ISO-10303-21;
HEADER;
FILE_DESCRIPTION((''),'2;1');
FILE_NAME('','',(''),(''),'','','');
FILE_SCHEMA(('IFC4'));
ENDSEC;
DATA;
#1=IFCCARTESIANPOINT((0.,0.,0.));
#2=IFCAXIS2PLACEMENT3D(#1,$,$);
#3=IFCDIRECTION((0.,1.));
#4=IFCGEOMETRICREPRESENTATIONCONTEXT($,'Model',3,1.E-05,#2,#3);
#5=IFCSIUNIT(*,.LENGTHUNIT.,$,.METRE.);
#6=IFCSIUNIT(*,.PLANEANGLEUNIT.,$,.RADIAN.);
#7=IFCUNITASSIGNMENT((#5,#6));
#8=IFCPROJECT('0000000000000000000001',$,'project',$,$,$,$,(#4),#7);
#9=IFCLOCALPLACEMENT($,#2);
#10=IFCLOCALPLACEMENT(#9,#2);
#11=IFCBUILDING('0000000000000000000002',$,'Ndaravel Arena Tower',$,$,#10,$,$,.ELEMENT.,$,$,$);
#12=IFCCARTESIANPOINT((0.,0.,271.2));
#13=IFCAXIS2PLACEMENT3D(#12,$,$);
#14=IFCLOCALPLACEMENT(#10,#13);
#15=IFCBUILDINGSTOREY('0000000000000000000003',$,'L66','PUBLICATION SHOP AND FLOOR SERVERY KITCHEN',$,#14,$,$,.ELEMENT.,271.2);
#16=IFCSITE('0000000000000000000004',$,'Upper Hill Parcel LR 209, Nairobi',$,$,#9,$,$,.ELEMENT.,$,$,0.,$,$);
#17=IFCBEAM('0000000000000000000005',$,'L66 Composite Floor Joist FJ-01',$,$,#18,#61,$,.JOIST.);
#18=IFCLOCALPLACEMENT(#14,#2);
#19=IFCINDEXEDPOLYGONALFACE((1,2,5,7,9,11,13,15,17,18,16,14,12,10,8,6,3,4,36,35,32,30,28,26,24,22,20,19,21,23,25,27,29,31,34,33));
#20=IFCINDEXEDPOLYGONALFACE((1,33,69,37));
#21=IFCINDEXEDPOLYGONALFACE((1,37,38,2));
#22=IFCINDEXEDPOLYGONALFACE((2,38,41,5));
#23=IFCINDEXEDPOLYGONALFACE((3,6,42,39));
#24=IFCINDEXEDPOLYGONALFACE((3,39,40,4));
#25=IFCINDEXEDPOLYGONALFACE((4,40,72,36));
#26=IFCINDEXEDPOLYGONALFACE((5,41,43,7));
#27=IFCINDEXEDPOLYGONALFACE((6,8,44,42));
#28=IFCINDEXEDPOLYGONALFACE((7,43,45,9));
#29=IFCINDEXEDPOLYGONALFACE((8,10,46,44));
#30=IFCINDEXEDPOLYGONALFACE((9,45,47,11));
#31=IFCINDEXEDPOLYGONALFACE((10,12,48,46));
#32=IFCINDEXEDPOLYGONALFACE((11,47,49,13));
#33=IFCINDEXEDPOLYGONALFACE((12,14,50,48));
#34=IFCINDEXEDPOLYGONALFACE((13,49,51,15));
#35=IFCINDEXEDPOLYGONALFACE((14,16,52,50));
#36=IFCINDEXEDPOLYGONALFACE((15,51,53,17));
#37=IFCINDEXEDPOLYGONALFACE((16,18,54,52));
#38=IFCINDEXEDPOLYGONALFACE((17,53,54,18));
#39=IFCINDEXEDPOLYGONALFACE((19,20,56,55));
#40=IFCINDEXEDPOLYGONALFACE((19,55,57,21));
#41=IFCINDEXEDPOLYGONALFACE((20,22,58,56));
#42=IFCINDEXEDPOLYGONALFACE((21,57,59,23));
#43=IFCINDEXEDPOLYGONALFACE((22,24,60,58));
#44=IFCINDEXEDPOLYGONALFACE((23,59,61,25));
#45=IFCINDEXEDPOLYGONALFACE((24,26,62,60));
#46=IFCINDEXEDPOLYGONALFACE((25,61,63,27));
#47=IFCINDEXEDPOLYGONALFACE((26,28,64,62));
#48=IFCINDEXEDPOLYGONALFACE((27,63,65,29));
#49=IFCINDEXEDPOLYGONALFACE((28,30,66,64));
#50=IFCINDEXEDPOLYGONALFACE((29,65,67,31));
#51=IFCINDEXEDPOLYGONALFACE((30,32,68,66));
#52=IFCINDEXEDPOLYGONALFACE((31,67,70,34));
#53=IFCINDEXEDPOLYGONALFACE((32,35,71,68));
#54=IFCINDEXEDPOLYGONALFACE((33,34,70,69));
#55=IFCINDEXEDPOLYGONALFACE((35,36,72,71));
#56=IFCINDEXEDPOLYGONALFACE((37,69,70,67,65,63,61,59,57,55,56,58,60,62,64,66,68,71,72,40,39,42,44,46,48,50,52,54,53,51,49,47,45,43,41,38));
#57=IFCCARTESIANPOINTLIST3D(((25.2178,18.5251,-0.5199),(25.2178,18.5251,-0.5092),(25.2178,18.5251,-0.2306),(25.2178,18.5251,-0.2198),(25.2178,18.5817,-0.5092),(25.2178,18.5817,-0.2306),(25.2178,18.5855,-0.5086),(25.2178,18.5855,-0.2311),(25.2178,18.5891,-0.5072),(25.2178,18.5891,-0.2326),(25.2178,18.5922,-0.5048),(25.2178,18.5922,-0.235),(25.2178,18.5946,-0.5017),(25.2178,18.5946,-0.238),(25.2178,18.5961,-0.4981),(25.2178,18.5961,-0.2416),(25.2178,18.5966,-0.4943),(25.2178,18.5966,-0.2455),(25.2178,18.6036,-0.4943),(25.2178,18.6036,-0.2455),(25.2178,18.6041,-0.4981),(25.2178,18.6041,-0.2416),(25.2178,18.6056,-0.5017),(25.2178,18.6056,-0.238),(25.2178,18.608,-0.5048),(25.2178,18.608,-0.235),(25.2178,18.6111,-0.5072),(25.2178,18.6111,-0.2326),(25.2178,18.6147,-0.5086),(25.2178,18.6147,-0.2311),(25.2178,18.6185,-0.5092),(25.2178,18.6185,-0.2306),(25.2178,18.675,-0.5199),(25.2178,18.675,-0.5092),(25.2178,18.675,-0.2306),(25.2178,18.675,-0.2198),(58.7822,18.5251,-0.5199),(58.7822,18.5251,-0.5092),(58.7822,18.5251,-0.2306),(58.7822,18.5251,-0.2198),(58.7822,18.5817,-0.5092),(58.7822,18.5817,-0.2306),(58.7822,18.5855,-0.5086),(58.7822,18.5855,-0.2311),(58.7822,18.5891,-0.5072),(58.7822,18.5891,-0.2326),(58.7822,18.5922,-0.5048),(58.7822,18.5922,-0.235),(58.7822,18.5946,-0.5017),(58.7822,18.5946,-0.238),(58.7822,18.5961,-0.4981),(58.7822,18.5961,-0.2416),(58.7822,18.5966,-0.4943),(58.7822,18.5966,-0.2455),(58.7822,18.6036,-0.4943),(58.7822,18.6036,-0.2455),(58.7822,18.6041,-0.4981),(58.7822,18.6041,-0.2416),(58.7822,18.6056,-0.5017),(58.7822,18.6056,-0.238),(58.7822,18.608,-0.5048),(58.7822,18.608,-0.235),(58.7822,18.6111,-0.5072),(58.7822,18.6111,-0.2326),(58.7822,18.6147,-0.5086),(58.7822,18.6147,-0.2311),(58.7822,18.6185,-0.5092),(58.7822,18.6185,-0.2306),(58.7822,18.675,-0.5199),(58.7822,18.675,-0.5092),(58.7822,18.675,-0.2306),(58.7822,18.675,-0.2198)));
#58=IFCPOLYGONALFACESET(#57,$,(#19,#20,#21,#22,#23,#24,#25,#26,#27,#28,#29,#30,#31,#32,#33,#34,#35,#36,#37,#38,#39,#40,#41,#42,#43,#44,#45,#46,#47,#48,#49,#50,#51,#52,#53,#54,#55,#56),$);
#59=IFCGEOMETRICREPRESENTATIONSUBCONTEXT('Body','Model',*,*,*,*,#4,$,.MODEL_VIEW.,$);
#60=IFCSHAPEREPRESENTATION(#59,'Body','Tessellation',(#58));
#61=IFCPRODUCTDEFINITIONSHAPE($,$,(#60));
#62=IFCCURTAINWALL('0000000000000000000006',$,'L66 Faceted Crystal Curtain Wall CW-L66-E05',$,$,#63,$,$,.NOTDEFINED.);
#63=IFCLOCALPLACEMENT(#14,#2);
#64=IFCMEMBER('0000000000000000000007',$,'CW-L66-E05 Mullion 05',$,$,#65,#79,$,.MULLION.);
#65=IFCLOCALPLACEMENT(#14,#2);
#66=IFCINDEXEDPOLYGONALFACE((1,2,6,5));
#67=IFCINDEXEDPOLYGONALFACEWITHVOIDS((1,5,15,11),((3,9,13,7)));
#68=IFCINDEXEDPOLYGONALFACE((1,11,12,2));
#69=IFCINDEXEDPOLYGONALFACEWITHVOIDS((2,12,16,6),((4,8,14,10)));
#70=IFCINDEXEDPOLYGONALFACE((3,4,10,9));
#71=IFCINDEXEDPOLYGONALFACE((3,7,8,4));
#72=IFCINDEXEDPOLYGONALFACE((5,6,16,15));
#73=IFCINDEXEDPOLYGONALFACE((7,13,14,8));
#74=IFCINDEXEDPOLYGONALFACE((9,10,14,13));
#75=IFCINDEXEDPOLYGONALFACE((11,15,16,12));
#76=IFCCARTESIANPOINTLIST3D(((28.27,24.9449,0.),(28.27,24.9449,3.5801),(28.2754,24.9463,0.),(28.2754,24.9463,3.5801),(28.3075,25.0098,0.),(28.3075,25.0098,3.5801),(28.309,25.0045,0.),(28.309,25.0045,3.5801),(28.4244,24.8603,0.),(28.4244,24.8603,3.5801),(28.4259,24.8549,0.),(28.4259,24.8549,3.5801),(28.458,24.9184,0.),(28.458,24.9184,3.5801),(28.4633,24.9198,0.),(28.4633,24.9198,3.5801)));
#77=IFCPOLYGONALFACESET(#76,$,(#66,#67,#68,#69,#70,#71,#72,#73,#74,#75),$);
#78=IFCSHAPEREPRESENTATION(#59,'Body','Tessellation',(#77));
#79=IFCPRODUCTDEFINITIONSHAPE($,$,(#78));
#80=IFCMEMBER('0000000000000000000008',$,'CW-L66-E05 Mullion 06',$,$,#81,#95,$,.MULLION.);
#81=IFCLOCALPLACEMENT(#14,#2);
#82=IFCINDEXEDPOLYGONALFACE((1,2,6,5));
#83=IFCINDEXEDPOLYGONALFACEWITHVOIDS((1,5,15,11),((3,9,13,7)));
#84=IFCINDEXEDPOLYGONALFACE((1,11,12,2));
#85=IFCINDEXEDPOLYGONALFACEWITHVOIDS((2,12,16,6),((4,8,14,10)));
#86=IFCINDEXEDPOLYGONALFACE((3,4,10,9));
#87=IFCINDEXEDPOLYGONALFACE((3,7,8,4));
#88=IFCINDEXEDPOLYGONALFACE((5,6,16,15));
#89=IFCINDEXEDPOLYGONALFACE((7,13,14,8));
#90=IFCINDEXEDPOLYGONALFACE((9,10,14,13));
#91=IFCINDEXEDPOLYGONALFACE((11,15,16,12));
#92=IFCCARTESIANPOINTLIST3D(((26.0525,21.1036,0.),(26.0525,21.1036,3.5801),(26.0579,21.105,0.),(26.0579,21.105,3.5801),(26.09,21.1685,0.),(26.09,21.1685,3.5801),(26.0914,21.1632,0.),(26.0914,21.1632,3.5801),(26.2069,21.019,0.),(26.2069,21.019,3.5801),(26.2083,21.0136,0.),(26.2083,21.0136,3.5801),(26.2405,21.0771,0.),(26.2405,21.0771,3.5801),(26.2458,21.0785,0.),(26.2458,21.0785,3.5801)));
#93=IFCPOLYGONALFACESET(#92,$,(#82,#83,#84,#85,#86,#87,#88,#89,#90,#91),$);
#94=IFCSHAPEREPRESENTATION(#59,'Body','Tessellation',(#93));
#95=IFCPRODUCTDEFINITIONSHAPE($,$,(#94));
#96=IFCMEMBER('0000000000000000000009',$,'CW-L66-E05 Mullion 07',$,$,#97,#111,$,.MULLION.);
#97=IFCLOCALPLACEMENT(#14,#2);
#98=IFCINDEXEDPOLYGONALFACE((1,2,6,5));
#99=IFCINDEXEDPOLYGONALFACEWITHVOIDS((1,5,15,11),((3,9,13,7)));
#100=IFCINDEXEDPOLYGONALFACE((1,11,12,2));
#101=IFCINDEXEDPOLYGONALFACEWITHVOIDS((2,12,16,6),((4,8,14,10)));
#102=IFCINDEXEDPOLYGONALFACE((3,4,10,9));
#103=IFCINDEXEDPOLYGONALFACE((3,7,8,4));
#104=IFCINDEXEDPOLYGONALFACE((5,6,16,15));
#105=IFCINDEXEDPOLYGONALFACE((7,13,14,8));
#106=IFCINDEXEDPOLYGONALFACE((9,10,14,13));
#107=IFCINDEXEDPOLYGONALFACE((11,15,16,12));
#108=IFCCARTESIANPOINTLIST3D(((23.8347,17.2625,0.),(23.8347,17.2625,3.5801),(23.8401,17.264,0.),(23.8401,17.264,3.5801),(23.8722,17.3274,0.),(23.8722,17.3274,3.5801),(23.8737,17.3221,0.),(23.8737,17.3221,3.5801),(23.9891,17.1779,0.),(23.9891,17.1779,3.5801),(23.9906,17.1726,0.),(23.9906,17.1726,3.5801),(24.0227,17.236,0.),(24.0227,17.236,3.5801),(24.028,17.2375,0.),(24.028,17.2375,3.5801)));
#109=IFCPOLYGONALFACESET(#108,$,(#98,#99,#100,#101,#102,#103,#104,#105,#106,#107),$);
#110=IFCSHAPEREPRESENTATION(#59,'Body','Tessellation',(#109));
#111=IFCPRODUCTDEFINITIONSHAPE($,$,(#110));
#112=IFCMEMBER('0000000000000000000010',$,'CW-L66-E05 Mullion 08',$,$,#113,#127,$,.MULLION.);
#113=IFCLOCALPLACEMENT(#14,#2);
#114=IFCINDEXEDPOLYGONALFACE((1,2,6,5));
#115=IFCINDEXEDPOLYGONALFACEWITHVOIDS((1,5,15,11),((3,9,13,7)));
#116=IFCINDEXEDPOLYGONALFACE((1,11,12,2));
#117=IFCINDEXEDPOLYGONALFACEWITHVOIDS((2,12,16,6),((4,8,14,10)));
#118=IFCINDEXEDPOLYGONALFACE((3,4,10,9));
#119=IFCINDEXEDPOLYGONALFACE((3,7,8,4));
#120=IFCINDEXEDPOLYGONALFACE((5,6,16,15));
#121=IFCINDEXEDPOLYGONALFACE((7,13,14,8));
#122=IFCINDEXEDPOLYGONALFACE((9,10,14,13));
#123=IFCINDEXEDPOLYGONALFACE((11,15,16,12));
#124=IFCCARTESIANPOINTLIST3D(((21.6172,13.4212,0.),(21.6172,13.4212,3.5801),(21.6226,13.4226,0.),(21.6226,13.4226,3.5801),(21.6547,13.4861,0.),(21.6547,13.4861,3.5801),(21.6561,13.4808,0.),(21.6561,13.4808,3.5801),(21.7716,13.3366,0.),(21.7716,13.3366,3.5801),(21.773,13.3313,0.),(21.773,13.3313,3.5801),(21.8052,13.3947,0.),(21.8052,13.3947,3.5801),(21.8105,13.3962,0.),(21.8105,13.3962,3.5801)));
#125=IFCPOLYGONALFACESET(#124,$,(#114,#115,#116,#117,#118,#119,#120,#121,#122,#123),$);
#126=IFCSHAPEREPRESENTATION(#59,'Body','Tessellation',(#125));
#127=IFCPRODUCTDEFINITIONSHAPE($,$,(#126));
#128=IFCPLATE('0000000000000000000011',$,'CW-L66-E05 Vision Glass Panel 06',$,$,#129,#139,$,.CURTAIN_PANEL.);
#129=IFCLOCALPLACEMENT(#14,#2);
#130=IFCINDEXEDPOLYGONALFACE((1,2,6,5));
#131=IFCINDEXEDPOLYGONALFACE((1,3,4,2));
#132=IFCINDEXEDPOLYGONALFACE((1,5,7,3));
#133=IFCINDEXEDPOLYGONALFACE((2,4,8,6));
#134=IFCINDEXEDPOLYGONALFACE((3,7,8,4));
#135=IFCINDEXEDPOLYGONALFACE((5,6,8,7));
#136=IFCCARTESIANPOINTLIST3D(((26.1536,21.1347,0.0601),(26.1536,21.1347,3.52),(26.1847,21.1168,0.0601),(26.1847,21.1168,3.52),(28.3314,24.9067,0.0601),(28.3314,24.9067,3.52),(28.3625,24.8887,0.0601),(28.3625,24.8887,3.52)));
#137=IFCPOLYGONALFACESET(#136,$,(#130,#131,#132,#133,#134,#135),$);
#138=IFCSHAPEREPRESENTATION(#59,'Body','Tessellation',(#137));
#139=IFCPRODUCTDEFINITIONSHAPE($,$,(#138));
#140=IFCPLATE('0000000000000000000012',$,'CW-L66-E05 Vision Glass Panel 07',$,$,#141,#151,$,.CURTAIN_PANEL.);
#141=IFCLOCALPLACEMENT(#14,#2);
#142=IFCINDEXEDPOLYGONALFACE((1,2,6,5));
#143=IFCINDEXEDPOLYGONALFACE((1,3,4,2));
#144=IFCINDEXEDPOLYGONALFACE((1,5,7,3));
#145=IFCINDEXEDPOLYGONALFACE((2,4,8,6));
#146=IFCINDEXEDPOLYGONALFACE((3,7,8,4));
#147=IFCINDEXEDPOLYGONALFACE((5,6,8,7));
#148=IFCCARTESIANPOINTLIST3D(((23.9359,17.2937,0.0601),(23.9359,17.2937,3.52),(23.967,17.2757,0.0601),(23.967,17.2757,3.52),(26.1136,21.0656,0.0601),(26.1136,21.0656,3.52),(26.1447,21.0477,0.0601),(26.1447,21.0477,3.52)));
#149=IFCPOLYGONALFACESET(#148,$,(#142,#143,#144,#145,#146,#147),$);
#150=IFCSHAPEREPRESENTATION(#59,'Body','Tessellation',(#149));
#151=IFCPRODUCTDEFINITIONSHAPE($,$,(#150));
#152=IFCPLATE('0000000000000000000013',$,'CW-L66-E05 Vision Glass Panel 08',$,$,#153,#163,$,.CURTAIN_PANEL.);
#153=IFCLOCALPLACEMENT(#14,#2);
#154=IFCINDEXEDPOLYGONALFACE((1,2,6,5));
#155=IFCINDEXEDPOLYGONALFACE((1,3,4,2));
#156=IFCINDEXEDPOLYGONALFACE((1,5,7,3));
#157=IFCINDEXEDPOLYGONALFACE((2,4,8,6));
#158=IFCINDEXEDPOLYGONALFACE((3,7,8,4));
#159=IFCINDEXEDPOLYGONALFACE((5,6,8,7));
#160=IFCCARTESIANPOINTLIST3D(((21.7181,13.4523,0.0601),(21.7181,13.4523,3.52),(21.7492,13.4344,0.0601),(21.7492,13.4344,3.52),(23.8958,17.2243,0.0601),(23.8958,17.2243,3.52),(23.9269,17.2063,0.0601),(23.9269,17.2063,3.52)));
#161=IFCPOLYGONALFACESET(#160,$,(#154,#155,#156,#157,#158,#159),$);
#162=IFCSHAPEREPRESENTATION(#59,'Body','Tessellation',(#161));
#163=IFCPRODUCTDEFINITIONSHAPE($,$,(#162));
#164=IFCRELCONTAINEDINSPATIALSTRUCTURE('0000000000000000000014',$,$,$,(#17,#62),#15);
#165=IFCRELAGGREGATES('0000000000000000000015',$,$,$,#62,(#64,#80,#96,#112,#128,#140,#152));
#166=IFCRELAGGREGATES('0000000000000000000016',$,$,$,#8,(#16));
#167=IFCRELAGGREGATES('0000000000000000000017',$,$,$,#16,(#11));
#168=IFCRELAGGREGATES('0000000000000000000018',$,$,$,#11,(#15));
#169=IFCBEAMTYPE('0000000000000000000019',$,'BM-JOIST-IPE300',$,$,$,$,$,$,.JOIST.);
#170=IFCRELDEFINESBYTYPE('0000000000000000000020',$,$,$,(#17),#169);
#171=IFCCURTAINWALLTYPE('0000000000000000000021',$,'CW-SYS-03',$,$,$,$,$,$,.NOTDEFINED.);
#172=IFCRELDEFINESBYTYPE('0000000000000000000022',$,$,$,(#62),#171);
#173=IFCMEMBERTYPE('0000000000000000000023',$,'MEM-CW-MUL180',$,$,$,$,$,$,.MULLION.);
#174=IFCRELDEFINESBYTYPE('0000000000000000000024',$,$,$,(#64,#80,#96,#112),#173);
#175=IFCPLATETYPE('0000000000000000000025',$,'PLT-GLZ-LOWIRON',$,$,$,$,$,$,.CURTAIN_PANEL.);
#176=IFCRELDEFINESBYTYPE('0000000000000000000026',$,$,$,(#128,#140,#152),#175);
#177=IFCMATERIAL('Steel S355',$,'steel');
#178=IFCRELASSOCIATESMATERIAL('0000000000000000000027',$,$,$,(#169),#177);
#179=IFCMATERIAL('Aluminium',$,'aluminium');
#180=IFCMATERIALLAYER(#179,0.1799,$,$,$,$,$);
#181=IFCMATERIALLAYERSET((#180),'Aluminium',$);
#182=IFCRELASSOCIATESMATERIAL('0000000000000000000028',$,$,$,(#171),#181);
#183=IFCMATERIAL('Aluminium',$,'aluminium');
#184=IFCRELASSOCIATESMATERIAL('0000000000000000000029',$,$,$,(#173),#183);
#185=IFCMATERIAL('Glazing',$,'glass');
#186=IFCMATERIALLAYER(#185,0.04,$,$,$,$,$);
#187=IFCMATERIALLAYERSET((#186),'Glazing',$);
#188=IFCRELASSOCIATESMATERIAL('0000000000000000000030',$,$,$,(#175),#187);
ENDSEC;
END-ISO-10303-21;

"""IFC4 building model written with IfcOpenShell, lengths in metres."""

from ifc_helpers import new_model, si_unit, direction, frame, origin, origin_2d, place, context, subcontext, project, spatial, rectangle, hollow_rectangle, i_section, extrude, material, layer, layer_set, material_profile, profile_set, type_object, element, aggregate, save


model = new_model("IFC4")

# Units and contexts
model_context = context("Model", 3, precision=1e-05, world=origin(), true_north=direction((0.0, 1.0)))
body_context = subcontext(model_context, "Body", "Model", "MODEL_VIEW")
ifc_project = project(units=[si_unit("LENGTHUNIT", "METRE"), si_unit("PLANEANGLEUNIT", "RADIAN")], contexts=[model_context])

# Site, building, storey
site_placement = place(None, origin())
site = spatial("IfcSite", under=ifc_project, at=site_placement, Name="Upper Hill Parcel LR 209, Nairobi", CompositionType="ELEMENT", RefElevation=0.0)
building_placement = place(site_placement, origin())
building = spatial("IfcBuilding", under=site, at=building_placement, Name="Ndaravel Arena Tower", CompositionType="ELEMENT")
storey_placement = place(building_placement, frame((0.0, 0.0, 271.2)))
storey = spatial("IfcBuildingStorey", under=building, at=storey_placement, Name="L66", Description="PUBLICATION SHOP AND FLOOR SERVERY KITCHEN", CompositionType="ELEMENT", Elevation=271.2)

# Beam
ifc_material_1 = material(Name="Steel S355", Category="steel")
ifc_material_profile_1 = material_profile(ifc_material_1, i_section(OverallWidth=0.1499, OverallDepth=0.3, WebThickness=0.0071, FlangeThickness=0.0107, FilletRadius=0.0149, at=origin_2d()), Name="IPE 300")
ifc_profile_set_1 = profile_set([ifc_material_profile_1], Name="Steel S355")
beam_type = type_object("IfcBeamType", Name="BM-JOIST-IPE300", PredefinedType="JOIST", material=ifc_profile_set_1)
beam_placement = place(storey_placement, frame((25.2178, 18.6001, -0.3699), z_axis=(1.0, 0.0, 0.0), x_axis=(0.0, 1.0, 0.0)))
element("IfcBeam", 1, at=beam_placement, inside=storey, type_object=beam_type, Name="L66 Composite Floor Joist FJ-01", PredefinedType="JOIST", context=body_context, shape_type="SweptSolid", body=[
    extrude(i_section(OverallWidth=0.1499, OverallDepth=0.3, WebThickness=0.0071, FlangeThickness=0.0107, FilletRadius=0.0149, at=origin_2d()), origin(), (0.0, 0.0, 1.0), 33.5645),
])

# Curtain wall, members, plates
ifc_material_2 = material(Name="Aluminium", Category="aluminium")
ifc_layer_1 = layer(ifc_material_2, 0.1799)
ifc_layer_set_1 = layer_set([ifc_layer_1], Name="Aluminium")
curtain_wall_type = type_object("IfcCurtainWallType", Name="CW-SYS-03", PredefinedType="NOTDEFINED", material=ifc_layer_set_1)
curtain_wall_placement = place(storey_placement, origin())
curtain_wall = element("IfcCurtainWall", 2, at=curtain_wall_placement, inside=storey, type_object=curtain_wall_type, Name="L66 Faceted Crystal Curtain Wall CW-L66-E05", PredefinedType="NOTDEFINED")
ifc_material_3 = material(Name="Aluminium", Category="aluminium")
ifc_material_profile_2 = material_profile(ifc_material_3, hollow_rectangle(XDim=0.075, YDim=0.1799, WallThickness=0.0039, at=origin_2d()), Name="CW MULLION 75x180x4")
ifc_profile_set_2 = profile_set([ifc_material_profile_2], Name="Aluminium")
member_type = type_object("IfcMemberType", Name="MEM-CW-MUL180", PredefinedType="MULLION", material=ifc_profile_set_2)
member_1_placement = place(storey_placement, frame((28.3667, 24.9324, 0.0), z_axis=(0.0, 0.0, 1.0), x_axis=(-0.5, -0.866025, 0.0)))
member_1 = element("IfcMember", 3, at=member_1_placement, type_object=member_type, Name="CW-L66-E05 Mullion 05", PredefinedType="MULLION", context=body_context, shape_type="SweptSolid", body=[
    extrude(hollow_rectangle(XDim=0.075, YDim=0.1799, WallThickness=0.0039, at=origin_2d()), origin(), (0.0, 0.0, 1.0), 3.5801),
])
member_2_placement = place(storey_placement, frame((26.1492, 21.0911, 0.0), z_axis=(0.0, 0.0, 1.0), x_axis=(-0.5, -0.866025, 0.0)))
member_2 = element("IfcMember", 4, at=member_2_placement, type_object=member_type, Name="CW-L66-E05 Mullion 06", PredefinedType="MULLION", context=body_context, shape_type="SweptSolid", body=[
    extrude(hollow_rectangle(XDim=0.075, YDim=0.1799, WallThickness=0.0039, at=origin_2d()), origin(), (0.0, 0.0, 1.0), 3.5801),
])
member_3_placement = place(storey_placement, frame((23.9314, 17.25, 0.0), z_axis=(0.0, 0.0, 1.0), x_axis=(-0.5, -0.866025, 0.0)))
member_3 = element("IfcMember", 5, at=member_3_placement, type_object=member_type, Name="CW-L66-E05 Mullion 07", PredefinedType="MULLION", context=body_context, shape_type="SweptSolid", body=[
    extrude(hollow_rectangle(XDim=0.075, YDim=0.1799, WallThickness=0.0039, at=origin_2d()), origin(), (0.0, 0.0, 1.0), 3.5801),
])
member_4_placement = place(storey_placement, frame((21.7139, 13.4087, 0.0), z_axis=(0.0, 0.0, 1.0), x_axis=(-0.5, -0.866025, 0.0)))
member_4 = element("IfcMember", 6, at=member_4_placement, type_object=member_type, Name="CW-L66-E05 Mullion 08", PredefinedType="MULLION", context=body_context, shape_type="SweptSolid", body=[
    extrude(hollow_rectangle(XDim=0.075, YDim=0.1799, WallThickness=0.0039, at=origin_2d()), origin(), (0.0, 0.0, 1.0), 3.5801),
])
ifc_material_4 = material(Name="Glazing", Category="glass")
ifc_layer_2 = layer(ifc_material_4, 0.04)
ifc_layer_set_2 = layer_set([ifc_layer_2], Name="Glazing")
plate_type = type_object("IfcPlateType", Name="PLT-GLZ-LOWIRON", PredefinedType="CURTAIN_PANEL", material=ifc_layer_set_2)
plate_1_placement = place(storey_placement, frame((27.2581, 23.0117, 0.0601), z_axis=(0.0, 0.0, 1.0), x_axis=(-0.5, -0.866025, 0.0)))
plate_1 = element("IfcPlate", 7, at=plate_1_placement, type_object=plate_type, Name="CW-L66-E05 Vision Glass Panel 06", PredefinedType="CURTAIN_PANEL", context=body_context, shape_type="SweptSolid", body=[
    extrude(rectangle(XDim=4.3555, YDim=0.0359, at=origin_2d()), origin(), (0.0, 0.0, 1.0), 3.46),
])
plate_2_placement = place(storey_placement, frame((25.0403, 19.1707, 0.0601), z_axis=(0.0, 0.0, 1.0), x_axis=(-0.5, -0.866025, 0.0)))
plate_2 = element("IfcPlate", 8, at=plate_2_placement, type_object=plate_type, Name="CW-L66-E05 Vision Glass Panel 07", PredefinedType="CURTAIN_PANEL", context=body_context, shape_type="SweptSolid", body=[
    extrude(rectangle(XDim=4.3555, YDim=0.0359, at=origin_2d()), origin(), (0.0, 0.0, 1.0), 3.46),
])
plate_3_placement = place(storey_placement, frame((22.8225, 15.3293, 0.0601), z_axis=(0.0, 0.0, 1.0), x_axis=(-0.5, -0.866025, 0.0)))
plate_3 = element("IfcPlate", 9, at=plate_3_placement, type_object=plate_type, Name="CW-L66-E05 Vision Glass Panel 08", PredefinedType="CURTAIN_PANEL", context=body_context, shape_type="SweptSolid", body=[
    extrude(rectangle(XDim=4.3555, YDim=0.0359, at=origin_2d()), origin(), (0.0, 0.0, 1.0), 3.46),
])
aggregate(curtain_wall, [member_1, member_2, member_3, member_4, plate_1, plate_2, plate_3])

save(model, "model.ifc")
